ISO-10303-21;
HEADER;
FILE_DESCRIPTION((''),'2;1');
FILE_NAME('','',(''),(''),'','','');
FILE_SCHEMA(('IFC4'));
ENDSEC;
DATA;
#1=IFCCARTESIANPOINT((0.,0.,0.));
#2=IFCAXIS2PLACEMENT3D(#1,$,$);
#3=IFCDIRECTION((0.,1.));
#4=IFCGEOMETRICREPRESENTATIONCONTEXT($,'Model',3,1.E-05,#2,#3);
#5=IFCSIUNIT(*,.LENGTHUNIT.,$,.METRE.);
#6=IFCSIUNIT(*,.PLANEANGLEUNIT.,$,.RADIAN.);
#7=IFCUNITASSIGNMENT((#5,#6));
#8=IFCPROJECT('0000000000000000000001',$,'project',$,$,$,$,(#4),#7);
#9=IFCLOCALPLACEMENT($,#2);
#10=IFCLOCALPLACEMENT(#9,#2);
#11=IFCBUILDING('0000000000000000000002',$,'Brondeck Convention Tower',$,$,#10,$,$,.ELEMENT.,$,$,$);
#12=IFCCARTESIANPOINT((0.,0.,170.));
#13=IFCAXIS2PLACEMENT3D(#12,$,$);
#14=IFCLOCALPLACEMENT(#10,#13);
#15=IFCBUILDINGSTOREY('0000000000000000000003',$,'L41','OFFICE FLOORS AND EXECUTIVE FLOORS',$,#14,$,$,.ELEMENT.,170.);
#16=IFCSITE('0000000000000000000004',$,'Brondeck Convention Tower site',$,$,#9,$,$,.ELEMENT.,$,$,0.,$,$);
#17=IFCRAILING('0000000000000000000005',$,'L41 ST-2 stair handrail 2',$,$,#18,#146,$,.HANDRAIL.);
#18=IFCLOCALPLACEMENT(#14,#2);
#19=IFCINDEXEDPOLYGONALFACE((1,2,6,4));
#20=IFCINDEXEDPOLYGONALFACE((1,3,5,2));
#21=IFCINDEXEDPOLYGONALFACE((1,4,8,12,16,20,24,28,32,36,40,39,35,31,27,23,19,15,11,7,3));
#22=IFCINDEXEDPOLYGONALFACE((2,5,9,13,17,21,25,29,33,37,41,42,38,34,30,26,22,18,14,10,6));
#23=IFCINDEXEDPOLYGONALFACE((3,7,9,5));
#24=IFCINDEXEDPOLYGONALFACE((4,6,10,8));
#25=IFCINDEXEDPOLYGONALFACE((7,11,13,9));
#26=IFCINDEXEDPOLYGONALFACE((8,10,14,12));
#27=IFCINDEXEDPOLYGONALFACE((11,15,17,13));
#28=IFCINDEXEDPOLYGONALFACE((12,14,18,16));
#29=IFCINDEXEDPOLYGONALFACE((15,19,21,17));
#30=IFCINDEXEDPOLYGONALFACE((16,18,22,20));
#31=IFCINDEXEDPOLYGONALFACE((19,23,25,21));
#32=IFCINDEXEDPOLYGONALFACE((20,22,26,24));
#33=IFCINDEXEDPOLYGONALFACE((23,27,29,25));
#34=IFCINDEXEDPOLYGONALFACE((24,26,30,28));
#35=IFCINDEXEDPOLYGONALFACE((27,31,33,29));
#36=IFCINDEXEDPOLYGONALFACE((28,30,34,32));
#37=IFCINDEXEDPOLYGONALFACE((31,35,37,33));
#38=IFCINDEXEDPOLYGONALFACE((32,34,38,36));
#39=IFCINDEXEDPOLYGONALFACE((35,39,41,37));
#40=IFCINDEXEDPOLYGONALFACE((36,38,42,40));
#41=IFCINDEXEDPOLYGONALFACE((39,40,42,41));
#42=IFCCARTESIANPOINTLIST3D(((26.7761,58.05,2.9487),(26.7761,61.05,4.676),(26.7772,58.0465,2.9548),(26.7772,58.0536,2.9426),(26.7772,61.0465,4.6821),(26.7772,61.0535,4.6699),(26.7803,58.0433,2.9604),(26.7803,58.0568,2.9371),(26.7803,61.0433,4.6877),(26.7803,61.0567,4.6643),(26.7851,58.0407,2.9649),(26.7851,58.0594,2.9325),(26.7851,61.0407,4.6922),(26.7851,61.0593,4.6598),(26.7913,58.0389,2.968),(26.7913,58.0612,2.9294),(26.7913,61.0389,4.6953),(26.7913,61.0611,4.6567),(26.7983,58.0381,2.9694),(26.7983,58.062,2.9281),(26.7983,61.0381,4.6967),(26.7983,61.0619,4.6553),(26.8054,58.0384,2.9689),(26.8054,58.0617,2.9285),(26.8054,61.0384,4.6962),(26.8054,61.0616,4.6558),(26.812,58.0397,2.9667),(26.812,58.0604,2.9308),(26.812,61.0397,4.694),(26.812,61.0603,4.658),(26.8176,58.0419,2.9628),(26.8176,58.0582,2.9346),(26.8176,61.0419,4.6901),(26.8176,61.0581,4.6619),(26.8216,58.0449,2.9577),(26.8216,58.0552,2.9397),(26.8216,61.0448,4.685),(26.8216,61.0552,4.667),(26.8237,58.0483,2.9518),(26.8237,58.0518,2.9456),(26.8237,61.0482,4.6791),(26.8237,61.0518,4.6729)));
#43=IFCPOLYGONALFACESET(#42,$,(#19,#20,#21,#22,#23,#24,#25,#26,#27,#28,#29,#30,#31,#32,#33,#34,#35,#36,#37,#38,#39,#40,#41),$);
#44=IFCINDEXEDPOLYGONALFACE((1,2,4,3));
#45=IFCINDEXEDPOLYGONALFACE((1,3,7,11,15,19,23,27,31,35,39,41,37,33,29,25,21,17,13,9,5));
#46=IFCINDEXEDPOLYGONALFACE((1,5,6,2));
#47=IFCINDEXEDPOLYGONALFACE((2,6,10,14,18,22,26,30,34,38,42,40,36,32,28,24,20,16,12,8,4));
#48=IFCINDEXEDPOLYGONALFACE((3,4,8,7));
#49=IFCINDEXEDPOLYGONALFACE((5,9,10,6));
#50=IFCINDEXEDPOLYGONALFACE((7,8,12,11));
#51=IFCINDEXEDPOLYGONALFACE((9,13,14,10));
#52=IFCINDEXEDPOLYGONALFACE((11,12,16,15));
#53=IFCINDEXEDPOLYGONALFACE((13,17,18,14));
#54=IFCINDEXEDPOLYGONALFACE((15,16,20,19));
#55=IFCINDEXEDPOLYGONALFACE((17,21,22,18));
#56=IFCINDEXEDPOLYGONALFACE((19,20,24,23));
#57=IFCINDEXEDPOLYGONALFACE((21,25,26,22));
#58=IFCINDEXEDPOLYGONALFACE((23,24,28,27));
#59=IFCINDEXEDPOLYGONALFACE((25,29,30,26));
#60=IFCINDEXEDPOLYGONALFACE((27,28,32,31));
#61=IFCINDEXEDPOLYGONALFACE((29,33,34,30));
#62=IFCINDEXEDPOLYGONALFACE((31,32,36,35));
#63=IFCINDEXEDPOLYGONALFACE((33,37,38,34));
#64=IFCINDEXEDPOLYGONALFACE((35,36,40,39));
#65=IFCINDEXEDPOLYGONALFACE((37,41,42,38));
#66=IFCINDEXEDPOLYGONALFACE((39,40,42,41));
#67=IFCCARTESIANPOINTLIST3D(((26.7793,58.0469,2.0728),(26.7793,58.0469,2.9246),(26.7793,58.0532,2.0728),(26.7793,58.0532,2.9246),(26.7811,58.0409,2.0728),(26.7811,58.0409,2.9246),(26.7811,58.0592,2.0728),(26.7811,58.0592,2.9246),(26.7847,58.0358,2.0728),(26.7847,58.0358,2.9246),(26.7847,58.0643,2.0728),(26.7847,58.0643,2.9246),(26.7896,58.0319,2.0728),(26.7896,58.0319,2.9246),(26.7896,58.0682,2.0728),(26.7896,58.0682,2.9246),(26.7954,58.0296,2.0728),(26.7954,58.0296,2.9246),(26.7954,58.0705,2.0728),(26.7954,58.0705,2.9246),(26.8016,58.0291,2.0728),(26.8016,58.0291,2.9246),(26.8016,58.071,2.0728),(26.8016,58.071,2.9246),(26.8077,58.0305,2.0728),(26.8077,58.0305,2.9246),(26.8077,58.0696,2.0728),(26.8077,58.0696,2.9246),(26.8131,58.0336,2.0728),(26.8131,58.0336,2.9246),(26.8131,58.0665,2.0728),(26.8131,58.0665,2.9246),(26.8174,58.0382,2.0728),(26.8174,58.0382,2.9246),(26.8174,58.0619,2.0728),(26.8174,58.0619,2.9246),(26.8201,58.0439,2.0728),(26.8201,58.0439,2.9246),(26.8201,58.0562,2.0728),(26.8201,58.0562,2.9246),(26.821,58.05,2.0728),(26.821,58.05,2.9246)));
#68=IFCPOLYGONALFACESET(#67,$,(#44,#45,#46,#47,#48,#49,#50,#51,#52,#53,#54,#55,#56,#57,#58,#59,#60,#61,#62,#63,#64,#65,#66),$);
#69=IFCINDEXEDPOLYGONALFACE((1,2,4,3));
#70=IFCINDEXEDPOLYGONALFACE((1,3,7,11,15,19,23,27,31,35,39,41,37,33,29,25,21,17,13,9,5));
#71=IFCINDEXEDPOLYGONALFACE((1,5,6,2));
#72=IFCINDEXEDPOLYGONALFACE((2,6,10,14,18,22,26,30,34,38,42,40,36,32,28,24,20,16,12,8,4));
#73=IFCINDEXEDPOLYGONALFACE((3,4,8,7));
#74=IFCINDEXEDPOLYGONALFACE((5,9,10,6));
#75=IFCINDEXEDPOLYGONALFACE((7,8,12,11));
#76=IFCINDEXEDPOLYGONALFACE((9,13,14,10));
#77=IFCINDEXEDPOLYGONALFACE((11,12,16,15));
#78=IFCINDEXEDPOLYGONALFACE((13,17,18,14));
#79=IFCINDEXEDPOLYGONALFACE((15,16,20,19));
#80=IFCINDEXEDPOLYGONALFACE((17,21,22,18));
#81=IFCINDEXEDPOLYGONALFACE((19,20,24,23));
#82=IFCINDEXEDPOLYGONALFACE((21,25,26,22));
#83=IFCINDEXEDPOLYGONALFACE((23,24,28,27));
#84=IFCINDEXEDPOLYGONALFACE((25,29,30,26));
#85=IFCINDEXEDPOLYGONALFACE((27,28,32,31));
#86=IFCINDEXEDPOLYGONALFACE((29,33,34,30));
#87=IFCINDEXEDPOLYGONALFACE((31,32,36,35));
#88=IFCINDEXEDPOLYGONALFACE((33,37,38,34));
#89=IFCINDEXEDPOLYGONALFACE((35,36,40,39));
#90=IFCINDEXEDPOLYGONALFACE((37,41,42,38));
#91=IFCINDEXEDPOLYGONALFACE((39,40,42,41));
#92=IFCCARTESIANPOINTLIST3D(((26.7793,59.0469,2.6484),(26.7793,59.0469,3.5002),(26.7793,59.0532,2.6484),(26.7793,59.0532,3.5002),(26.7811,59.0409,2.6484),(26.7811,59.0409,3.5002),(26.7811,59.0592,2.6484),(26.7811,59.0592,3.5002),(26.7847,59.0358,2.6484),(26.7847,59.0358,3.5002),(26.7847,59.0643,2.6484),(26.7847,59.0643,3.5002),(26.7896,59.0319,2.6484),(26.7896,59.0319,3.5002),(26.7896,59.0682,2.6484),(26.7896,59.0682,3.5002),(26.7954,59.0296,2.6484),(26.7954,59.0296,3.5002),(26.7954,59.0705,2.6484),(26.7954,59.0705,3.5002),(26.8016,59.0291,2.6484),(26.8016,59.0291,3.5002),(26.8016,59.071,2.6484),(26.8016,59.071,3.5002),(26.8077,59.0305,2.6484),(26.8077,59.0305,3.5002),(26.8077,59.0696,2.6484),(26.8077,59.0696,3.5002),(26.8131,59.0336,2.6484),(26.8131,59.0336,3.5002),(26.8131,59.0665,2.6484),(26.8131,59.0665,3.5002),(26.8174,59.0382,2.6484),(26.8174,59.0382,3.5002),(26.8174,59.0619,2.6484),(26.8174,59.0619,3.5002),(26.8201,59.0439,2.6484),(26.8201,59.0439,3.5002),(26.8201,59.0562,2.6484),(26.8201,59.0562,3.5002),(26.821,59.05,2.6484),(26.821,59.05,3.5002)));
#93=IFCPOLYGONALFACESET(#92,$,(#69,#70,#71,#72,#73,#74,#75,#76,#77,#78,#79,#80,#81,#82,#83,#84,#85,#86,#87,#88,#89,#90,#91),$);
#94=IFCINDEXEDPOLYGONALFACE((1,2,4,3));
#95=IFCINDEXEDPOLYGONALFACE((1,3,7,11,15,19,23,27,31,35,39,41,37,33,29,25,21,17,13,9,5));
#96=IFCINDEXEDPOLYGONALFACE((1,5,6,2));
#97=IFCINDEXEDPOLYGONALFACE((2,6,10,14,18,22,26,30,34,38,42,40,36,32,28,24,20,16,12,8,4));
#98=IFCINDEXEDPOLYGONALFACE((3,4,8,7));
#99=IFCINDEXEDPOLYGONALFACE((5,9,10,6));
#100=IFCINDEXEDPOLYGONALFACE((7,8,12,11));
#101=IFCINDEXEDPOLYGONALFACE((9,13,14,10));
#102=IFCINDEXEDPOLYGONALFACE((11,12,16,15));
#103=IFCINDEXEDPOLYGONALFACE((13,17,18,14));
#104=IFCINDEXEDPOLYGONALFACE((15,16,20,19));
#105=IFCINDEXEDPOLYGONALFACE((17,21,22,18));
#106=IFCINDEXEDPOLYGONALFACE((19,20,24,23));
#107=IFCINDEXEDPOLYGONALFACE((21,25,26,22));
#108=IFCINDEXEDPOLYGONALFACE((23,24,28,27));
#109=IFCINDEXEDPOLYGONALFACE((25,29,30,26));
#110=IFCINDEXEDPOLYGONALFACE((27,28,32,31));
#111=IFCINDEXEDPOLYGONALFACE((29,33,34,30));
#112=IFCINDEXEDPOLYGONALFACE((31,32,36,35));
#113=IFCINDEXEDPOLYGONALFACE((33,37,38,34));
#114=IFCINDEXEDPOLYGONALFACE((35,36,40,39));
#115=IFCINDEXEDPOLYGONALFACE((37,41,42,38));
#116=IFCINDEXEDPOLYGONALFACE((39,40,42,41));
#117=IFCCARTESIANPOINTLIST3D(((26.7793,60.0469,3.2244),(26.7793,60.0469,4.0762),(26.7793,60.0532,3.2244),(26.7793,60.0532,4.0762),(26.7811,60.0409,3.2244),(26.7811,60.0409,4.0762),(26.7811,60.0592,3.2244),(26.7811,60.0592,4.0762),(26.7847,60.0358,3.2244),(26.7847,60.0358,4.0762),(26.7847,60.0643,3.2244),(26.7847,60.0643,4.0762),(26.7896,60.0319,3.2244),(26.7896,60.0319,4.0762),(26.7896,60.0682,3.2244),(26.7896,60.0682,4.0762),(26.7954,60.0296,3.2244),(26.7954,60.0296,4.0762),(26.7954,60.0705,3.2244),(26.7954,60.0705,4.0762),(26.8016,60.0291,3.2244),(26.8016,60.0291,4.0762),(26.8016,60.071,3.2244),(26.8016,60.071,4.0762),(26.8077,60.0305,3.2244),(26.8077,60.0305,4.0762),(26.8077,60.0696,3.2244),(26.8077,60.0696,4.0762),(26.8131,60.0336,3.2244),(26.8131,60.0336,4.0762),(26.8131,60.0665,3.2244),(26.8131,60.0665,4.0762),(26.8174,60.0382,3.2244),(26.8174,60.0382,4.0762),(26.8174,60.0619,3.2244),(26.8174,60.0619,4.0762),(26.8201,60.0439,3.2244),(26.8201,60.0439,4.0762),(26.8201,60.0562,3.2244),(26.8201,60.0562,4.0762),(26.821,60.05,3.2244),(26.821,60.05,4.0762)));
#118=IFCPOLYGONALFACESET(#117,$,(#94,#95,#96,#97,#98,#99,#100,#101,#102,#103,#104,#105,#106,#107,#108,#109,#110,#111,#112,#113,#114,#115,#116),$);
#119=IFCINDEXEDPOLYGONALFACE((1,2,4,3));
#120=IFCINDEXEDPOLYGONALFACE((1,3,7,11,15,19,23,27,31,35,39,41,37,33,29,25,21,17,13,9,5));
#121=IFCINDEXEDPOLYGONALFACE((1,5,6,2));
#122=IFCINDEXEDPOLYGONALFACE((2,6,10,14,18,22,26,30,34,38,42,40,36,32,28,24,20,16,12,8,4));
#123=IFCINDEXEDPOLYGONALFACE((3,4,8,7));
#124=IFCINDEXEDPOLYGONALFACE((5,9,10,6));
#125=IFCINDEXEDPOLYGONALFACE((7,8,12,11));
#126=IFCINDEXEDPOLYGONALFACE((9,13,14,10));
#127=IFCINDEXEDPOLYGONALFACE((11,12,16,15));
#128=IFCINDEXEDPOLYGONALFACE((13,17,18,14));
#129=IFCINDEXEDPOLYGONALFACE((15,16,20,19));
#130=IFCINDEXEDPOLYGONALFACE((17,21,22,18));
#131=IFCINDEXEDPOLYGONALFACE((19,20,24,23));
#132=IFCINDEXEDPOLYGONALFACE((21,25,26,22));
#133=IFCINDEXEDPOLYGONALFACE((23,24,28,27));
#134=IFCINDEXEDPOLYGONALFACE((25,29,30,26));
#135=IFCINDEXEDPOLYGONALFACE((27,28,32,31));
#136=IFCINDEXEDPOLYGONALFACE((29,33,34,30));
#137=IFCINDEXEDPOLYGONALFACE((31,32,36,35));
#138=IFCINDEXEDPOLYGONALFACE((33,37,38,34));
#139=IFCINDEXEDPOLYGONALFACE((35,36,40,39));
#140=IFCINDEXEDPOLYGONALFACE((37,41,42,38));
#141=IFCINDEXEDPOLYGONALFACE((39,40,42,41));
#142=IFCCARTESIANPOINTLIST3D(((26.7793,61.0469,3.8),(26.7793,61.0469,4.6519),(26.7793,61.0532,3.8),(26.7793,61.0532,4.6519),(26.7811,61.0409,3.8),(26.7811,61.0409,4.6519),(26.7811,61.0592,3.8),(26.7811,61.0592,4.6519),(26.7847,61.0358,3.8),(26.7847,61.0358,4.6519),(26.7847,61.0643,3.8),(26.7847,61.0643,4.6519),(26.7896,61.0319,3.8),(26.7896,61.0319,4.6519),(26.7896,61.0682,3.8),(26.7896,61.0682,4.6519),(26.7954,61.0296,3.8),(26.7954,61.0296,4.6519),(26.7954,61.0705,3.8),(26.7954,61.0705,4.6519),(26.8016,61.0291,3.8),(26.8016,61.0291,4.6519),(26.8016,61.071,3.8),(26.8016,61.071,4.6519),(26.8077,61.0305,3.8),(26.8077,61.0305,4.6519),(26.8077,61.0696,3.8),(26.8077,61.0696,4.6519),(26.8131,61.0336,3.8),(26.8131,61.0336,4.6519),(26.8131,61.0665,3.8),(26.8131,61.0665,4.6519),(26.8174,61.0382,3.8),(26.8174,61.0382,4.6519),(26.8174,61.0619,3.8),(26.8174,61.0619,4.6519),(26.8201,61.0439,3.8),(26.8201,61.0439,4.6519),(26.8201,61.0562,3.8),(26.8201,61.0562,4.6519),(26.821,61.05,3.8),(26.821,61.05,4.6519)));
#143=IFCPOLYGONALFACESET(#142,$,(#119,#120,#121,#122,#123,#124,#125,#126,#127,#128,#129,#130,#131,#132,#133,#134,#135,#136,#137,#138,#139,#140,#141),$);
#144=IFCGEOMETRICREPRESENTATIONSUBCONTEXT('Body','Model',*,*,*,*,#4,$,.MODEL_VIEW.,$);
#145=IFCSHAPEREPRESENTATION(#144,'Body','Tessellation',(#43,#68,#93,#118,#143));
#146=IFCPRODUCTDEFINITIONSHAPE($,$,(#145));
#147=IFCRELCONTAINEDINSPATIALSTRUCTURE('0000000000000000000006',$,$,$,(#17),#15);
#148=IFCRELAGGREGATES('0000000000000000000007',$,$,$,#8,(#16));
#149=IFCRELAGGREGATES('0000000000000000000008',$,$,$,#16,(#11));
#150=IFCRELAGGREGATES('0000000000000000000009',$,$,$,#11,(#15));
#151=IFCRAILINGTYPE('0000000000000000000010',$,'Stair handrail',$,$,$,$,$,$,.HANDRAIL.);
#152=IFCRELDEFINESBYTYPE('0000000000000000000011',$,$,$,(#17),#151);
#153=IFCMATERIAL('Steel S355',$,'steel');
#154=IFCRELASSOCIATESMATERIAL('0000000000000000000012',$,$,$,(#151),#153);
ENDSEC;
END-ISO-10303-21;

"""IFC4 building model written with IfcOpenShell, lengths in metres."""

from ifc_helpers import new_model, si_unit, direction, frame, origin, origin_2d, place, context, subcontext, project, spatial, circle, extrude, material, type_object, element, save


model = new_model("IFC4")

# Units and contexts
model_context = context("Model", 3, precision=1e-05, world=origin(), true_north=direction((0.0, 1.0)))
body_context = subcontext(model_context, "Body", "Model", "MODEL_VIEW")
ifc_project = project(units=[si_unit("LENGTHUNIT", "METRE"), si_unit("PLANEANGLEUNIT", "RADIAN")], contexts=[model_context])

# Site, building, storey
site_placement = place(None, origin())
site = spatial("IfcSite", under=ifc_project, at=site_placement, Name="Brondeck Convention Tower site", CompositionType="ELEMENT", RefElevation=0.0)
building_placement = place(site_placement, origin())
building = spatial("IfcBuilding", under=site, at=building_placement, Name="Brondeck Convention Tower", CompositionType="ELEMENT")
storey_placement = place(building_placement, frame((0.0, 0.0, 170.0)))
storey = spatial("IfcBuildingStorey", under=building, at=storey_placement, Name="L41", Description="OFFICE FLOORS AND EXECUTIVE FLOORS", CompositionType="ELEMENT", Elevation=170.0)

# Shared definitions
ifc_material_1 = material(Name="Steel S355", Category="steel")

# Railing
railing_type_1 = type_object("IfcRailingType", Name="Stair handrail", PredefinedType="HANDRAIL", material=ifc_material_1)
railing_1_placement = place(storey_placement, frame((26.8, 58.05, 2.0728)))
element("IfcRailing", 1, at=railing_1_placement, inside=storey, type_object=railing_type_1, Name="L41 ST-2 stair handrail 2", PredefinedType="HANDRAIL", context=body_context, shape_type="SweptSolid", body=[
    extrude(circle(Radius=0.0239, at=origin_2d()), frame((0.0, 0.0, 0.876), z_axis=(0.0, 0.86662, 0.498969), x_axis=(-1.0, 0.0, 0.0)), (0.0, 0.0, 1.0), 3.4617),
    extrude(circle(Radius=0.021, at=origin_2d()), origin(), (0.0, 0.0, 1.0), 0.8518),
    extrude(circle(Radius=0.021, at=origin_2d()), frame((0.0, 1.0, 0.5757)), (0.0, 0.0, 1.0), 0.8518),
    extrude(circle(Radius=0.021, at=origin_2d()), frame((0.0, 2.0, 1.1516)), (0.0, 0.0, 1.0), 0.8518),
    extrude(circle(Radius=0.021, at=origin_2d()), frame((0.0, 3.0, 1.7273)), (0.0, 0.0, 1.0), 0.8518),
])

save(model, "model.ifc")
